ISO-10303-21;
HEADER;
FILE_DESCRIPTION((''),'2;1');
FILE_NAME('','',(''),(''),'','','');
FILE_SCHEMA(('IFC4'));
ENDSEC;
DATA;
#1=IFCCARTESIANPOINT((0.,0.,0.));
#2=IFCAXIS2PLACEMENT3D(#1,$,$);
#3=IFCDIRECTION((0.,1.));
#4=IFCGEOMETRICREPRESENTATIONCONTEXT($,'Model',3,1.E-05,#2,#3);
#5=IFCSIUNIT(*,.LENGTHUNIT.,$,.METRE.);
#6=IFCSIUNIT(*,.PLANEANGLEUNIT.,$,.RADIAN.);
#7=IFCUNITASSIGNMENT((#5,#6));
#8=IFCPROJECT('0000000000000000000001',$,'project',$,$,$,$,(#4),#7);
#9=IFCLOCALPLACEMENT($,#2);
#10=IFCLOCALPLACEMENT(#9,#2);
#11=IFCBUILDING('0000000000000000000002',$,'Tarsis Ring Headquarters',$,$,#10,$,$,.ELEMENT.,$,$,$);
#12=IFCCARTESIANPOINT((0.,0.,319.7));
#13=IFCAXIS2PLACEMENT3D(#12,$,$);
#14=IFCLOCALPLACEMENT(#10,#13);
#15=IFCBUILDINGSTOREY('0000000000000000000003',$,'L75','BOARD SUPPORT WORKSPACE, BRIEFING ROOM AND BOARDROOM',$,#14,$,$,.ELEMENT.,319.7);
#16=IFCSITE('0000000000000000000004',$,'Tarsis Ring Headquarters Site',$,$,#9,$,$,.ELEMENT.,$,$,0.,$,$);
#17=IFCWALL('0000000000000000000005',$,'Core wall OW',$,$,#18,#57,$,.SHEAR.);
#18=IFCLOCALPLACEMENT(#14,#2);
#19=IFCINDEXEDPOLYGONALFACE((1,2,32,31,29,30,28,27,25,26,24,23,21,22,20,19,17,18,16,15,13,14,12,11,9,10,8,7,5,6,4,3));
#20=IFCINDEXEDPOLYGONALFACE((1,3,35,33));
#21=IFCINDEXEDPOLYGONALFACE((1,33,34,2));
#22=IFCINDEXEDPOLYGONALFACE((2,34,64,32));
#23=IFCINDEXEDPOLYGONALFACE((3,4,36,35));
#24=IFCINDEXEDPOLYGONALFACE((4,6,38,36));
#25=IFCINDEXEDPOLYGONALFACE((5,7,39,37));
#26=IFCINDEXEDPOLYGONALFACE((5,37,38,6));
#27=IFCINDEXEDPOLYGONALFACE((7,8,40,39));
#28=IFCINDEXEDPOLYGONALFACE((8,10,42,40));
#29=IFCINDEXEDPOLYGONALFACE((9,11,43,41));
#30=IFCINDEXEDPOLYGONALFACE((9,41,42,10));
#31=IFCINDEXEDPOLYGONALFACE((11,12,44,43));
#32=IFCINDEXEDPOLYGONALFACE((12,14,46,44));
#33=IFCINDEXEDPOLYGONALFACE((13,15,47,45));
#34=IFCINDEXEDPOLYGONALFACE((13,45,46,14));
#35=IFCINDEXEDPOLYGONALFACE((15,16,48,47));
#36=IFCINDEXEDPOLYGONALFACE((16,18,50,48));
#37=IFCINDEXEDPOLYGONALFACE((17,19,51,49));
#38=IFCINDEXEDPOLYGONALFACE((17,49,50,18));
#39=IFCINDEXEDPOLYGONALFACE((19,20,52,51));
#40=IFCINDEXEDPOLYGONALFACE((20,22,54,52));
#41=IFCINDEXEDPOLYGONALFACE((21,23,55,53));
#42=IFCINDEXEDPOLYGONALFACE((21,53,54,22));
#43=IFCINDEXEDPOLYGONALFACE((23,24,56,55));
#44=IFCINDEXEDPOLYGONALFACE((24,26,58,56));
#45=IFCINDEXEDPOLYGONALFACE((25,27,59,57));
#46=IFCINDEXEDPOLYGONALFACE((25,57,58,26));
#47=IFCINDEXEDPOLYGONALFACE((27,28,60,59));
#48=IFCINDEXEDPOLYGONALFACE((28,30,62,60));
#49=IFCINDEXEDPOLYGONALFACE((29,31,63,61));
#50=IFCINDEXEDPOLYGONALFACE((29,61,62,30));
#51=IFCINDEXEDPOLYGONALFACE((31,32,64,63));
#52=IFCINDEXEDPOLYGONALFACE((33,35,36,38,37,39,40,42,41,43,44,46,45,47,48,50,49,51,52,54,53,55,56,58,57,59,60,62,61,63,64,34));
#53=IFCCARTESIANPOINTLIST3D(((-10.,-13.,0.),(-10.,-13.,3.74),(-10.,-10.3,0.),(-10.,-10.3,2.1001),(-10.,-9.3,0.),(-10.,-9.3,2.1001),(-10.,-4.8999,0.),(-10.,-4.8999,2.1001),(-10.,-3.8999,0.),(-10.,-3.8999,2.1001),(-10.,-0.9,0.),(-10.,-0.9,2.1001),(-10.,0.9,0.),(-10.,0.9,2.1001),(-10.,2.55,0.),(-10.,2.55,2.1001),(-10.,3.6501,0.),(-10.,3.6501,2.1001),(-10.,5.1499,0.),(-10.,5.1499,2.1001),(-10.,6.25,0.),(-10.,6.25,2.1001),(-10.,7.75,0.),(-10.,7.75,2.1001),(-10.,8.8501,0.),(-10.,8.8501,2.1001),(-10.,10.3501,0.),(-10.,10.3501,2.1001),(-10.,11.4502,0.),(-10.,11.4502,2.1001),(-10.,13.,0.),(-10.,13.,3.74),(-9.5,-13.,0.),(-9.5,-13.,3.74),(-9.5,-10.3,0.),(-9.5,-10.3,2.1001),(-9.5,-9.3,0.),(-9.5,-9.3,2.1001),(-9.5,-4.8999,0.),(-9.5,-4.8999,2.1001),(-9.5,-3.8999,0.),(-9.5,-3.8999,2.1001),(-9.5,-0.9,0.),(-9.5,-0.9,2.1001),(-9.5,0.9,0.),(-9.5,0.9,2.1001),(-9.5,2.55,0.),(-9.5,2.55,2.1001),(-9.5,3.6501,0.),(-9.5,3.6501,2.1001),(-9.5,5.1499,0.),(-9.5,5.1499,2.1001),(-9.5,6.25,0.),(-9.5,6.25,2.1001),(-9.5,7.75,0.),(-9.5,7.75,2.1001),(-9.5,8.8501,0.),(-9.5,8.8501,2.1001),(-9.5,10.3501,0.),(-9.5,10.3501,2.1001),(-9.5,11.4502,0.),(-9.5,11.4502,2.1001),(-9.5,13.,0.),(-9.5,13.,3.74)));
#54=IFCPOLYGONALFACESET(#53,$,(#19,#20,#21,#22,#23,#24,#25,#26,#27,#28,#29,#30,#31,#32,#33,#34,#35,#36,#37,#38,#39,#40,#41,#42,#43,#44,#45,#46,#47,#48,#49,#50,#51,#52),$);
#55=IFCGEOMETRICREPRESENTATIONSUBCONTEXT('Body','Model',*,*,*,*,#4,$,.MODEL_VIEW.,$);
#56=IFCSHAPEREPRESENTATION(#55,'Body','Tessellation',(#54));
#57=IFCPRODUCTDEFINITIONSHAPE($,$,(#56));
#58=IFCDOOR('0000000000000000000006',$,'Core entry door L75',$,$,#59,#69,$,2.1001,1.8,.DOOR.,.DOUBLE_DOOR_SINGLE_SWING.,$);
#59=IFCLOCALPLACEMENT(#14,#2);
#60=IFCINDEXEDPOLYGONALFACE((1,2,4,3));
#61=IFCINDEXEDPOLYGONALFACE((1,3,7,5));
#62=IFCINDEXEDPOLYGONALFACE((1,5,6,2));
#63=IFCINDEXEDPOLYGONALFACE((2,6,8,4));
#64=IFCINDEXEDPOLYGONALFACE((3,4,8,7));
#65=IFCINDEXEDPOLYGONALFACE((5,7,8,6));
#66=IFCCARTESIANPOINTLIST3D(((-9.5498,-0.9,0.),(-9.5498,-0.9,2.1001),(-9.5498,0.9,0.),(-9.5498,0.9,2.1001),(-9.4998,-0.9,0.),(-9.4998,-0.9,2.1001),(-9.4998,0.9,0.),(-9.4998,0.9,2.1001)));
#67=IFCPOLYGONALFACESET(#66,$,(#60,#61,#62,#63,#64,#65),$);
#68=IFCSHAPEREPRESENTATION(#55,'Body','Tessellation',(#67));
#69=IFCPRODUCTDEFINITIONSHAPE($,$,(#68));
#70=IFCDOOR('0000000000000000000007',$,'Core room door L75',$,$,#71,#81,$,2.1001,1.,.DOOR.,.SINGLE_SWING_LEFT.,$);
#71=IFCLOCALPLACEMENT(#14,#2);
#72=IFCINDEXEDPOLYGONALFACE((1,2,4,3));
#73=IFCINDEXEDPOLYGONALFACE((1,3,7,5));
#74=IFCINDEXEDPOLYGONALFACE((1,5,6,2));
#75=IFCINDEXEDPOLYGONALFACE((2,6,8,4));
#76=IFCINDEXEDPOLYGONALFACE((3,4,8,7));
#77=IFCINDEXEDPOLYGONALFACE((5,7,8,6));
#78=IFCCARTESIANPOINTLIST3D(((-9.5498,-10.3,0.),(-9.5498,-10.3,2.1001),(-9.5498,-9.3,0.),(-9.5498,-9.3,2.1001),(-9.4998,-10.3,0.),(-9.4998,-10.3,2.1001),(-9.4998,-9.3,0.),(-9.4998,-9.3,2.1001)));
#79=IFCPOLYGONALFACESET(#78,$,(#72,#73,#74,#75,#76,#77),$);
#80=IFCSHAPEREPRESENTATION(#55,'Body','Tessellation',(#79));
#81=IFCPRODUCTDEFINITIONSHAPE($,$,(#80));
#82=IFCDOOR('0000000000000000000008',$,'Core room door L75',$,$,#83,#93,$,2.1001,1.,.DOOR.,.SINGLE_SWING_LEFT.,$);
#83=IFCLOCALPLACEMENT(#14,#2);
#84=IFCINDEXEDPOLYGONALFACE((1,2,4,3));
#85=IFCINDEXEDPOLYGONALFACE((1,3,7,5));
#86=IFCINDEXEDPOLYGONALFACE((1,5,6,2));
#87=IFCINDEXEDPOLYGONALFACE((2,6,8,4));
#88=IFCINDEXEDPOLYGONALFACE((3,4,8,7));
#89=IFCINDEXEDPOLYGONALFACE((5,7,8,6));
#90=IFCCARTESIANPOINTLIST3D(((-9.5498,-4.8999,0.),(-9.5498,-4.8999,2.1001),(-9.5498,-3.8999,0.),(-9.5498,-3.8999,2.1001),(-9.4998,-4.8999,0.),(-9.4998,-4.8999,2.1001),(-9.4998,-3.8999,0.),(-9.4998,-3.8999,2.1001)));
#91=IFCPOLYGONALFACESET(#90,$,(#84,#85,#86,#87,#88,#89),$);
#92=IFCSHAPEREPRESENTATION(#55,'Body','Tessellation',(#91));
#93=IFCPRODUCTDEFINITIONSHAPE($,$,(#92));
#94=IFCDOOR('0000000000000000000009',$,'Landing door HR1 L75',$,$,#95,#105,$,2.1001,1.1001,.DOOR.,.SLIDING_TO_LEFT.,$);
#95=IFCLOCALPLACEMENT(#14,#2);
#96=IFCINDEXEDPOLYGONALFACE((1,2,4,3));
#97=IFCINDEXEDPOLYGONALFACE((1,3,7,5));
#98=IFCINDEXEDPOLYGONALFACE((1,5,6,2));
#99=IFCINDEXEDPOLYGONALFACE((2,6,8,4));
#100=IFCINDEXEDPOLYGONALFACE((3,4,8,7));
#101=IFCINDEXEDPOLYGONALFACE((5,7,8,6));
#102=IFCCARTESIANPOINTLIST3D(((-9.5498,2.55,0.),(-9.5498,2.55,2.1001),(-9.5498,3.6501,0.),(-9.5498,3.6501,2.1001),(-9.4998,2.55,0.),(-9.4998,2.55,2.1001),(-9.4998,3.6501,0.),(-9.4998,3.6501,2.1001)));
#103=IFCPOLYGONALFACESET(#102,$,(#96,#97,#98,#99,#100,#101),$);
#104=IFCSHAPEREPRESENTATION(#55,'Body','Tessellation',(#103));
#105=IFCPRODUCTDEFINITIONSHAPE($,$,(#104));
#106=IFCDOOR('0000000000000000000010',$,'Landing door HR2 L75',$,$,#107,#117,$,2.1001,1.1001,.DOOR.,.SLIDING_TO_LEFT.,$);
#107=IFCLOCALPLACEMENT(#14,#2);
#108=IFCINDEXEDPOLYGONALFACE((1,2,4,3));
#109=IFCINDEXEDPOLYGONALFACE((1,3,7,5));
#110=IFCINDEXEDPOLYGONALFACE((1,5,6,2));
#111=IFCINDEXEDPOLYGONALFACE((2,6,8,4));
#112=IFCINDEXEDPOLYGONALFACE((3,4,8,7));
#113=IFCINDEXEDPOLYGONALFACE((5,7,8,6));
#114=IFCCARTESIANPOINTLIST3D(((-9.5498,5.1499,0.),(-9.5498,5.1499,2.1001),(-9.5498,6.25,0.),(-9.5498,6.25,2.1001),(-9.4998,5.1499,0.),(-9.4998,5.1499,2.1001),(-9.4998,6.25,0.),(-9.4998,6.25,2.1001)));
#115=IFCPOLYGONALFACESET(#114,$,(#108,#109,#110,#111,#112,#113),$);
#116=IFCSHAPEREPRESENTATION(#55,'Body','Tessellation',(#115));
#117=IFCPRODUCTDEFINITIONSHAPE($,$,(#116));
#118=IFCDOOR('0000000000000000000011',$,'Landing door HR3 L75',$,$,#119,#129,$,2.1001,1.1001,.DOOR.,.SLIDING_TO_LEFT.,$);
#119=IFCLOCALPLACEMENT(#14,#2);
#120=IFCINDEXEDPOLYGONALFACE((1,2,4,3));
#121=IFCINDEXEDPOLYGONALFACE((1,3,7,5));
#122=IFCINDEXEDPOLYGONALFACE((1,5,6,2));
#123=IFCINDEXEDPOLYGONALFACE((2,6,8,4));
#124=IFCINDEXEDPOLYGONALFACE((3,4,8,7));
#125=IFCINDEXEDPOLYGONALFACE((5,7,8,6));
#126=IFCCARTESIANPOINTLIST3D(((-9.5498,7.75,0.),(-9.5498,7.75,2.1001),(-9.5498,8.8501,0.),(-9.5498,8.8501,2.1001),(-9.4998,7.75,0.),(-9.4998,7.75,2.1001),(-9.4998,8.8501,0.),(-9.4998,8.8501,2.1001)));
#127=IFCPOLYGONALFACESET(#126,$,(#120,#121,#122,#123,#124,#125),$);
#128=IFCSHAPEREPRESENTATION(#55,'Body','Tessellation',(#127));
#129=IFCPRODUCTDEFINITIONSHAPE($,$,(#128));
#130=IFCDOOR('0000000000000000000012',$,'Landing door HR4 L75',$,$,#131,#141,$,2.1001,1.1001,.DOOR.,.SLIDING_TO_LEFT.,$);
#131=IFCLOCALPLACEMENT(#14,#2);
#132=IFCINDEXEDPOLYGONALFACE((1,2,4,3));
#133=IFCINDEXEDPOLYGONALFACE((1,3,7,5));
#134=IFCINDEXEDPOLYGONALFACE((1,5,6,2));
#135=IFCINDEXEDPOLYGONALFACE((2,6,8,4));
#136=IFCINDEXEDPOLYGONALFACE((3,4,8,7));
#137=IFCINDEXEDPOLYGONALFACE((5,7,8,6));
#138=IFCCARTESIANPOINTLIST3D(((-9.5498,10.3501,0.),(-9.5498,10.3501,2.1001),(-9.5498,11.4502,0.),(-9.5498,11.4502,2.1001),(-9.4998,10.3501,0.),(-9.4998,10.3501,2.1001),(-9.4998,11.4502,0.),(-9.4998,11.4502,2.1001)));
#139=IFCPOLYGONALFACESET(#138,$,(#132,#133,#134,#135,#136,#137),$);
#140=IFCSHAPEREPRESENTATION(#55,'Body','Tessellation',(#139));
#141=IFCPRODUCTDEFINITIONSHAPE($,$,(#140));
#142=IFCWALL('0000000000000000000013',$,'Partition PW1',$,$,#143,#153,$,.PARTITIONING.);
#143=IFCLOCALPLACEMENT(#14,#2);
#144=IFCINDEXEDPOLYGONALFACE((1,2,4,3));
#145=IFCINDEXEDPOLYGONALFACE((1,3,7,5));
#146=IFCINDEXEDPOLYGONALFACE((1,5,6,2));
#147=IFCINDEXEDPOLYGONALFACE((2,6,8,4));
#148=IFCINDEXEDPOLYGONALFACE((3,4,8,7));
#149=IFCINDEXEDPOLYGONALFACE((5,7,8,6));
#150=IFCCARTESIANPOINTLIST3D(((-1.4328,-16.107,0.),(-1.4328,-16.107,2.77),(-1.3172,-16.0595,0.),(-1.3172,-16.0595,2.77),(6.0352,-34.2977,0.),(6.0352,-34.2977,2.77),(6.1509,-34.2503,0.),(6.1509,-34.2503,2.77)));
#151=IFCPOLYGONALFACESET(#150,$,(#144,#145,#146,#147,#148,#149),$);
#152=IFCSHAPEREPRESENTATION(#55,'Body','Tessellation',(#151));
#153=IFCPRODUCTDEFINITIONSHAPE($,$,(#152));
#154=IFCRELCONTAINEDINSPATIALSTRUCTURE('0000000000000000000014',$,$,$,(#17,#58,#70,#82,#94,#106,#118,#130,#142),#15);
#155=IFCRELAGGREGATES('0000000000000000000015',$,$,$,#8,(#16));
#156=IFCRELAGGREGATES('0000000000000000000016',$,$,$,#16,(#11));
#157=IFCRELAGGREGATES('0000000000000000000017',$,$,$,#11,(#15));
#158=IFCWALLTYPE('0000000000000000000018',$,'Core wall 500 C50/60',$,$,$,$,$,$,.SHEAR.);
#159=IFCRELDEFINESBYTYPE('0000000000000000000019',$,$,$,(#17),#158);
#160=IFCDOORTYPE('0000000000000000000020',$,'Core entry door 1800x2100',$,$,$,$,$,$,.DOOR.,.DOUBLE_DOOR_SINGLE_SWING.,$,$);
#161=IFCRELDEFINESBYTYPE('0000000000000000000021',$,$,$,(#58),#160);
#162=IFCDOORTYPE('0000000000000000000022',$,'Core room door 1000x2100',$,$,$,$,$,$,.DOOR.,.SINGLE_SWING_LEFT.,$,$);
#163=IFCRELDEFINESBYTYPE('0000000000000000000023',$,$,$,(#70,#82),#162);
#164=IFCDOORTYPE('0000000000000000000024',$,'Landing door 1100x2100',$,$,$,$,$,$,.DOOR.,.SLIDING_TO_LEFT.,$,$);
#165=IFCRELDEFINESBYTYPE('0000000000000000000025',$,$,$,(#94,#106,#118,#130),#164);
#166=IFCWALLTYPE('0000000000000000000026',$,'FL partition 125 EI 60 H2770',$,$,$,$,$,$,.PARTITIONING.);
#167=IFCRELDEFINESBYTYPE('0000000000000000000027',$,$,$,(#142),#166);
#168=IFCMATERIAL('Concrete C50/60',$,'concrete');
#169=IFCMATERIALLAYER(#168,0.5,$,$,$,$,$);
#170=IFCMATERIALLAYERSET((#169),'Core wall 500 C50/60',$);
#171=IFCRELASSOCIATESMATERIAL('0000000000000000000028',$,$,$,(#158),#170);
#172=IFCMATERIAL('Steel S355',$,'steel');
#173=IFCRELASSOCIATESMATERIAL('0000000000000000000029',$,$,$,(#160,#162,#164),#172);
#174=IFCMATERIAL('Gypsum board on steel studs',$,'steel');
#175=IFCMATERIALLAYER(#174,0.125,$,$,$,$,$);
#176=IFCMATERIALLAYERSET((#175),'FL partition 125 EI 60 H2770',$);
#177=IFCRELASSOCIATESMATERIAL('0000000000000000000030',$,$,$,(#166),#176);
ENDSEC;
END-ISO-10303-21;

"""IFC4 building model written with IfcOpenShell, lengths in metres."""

from ifc_helpers import new_model, si_unit, direction, frame, frame_2d, origin, place, context, subcontext, project, spatial, rectangle, extrude, material, layer, layer_set, type_object, element, fill, save


model = new_model("IFC4")

# Units and contexts
model_context = context("Model", 3, precision=1e-05, world=origin(), true_north=direction((0.0, 1.0)))
body_context = subcontext(model_context, "Body", "Model", "MODEL_VIEW")
ifc_project = project(units=[si_unit("LENGTHUNIT", "METRE"), si_unit("PLANEANGLEUNIT", "RADIAN")], contexts=[model_context])

# Site, building, storey
site_placement = place(None, origin())
site = spatial("IfcSite", under=ifc_project, at=site_placement, Name="Tarsis Ring Headquarters Site", CompositionType="ELEMENT", RefElevation=0.0)
building_placement = place(site_placement, origin())
building = spatial("IfcBuilding", under=site, at=building_placement, Name="Tarsis Ring Headquarters", CompositionType="ELEMENT")
storey_placement = place(building_placement, frame((0.0, 0.0, 319.7)))
storey = spatial("IfcBuildingStorey", under=building, at=storey_placement, Name="L75", Description="BOARD SUPPORT WORKSPACE, BRIEFING ROOM AND BOARDROOM", CompositionType="ELEMENT", Elevation=319.7)

# Wall, openings, doors
ifc_material_1 = material(Name="Concrete C50/60", Category="concrete")
ifc_layer_1 = layer(ifc_material_1, 0.5)
ifc_layer_set_1 = layer_set([ifc_layer_1], Name="Core wall 500 C50/60")
wall_type_1 = type_object("IfcWallType", Name="Core wall 500 C50/60", PredefinedType="SHEAR", material=ifc_layer_set_1)
wall_1_placement = place(storey_placement, frame((-9.75, -13.0, 0.0), z_axis=(0.0, 0.0, 1.0), x_axis=(0.0, 1.0, 0.0)))
wall_1 = element("IfcWall", 1, at=wall_1_placement, inside=storey, type_object=wall_type_1, Name="Core wall OW", PredefinedType="SHEAR", context=body_context, shape_type="SweptSolid", body=[
    extrude(rectangle(XDim=26.0, YDim=0.5, at=frame_2d((13.0, 0.0))), origin(), (0.0, 0.0, 1.0), 3.74),
])
opening_1_placement = place(wall_1_placement, frame((2.7, 0.0, 0.0)))
opening_1 = element("IfcOpeningElement", 2, at=opening_1_placement, cuts=wall_1, PredefinedType="OPENING", context=body_context, shape_type="SweptSolid", body=[
    extrude(rectangle(XDim=1.0, YDim=2.1001, at=frame_2d((0.5, 1.05))), frame((0.0, 0.26, 0.0), z_axis=(0.0, -1.0, 0.0), x_axis=(1.0, 0.0, 0.0)), (0.0, 0.0, 1.0), 0.52),
])
opening_2_placement = place(wall_1_placement, frame((8.1001, 0.0, 0.0)))
opening_2 = element("IfcOpeningElement", 3, at=opening_2_placement, cuts=wall_1, PredefinedType="OPENING", context=body_context, shape_type="SweptSolid", body=[
    extrude(rectangle(XDim=1.0, YDim=2.1001, at=frame_2d((0.5, 1.05))), frame((0.0, 0.26, 0.0), z_axis=(0.0, -1.0, 0.0), x_axis=(1.0, 0.0, 0.0)), (0.0, 0.0, 1.0), 0.52),
])
opening_3_placement = place(wall_1_placement, frame((12.1001, 0.0, 0.0)))
opening_3 = element("IfcOpeningElement", 4, at=opening_3_placement, cuts=wall_1, PredefinedType="OPENING", context=body_context, shape_type="SweptSolid", body=[
    extrude(rectangle(XDim=1.8, YDim=2.1001, at=frame_2d((0.8999, 1.05))), frame((0.0, 0.26, 0.0), z_axis=(0.0, -1.0, 0.0), x_axis=(1.0, 0.0, 0.0)), (0.0, 0.0, 1.0), 0.52),
])
opening_4_placement = place(wall_1_placement, frame((15.55, 0.0, 0.0)))
opening_4 = element("IfcOpeningElement", 5, at=opening_4_placement, cuts=wall_1, PredefinedType="OPENING", context=body_context, shape_type="SweptSolid", body=[
    extrude(rectangle(XDim=1.1001, YDim=2.1001, at=frame_2d((0.55, 1.05))), frame((0.0, 0.26, 0.0), z_axis=(0.0, -1.0, 0.0), x_axis=(1.0, 0.0, 0.0)), (0.0, 0.0, 1.0), 0.52),
])
opening_5_placement = place(wall_1_placement, frame((18.1499, 0.0, 0.0)))
opening_5 = element("IfcOpeningElement", 6, at=opening_5_placement, cuts=wall_1, PredefinedType="OPENING", context=body_context, shape_type="SweptSolid", body=[
    extrude(rectangle(XDim=1.1001, YDim=2.1001, at=frame_2d((0.55, 1.05))), frame((0.0, 0.26, 0.0), z_axis=(0.0, -1.0, 0.0), x_axis=(1.0, 0.0, 0.0)), (0.0, 0.0, 1.0), 0.52),
])
opening_6_placement = place(wall_1_placement, frame((20.75, 0.0, 0.0)))
opening_6 = element("IfcOpeningElement", 7, at=opening_6_placement, cuts=wall_1, PredefinedType="OPENING", context=body_context, shape_type="SweptSolid", body=[
    extrude(rectangle(XDim=1.1001, YDim=2.1001, at=frame_2d((0.55, 1.05))), frame((0.0, 0.26, 0.0), z_axis=(0.0, -1.0, 0.0), x_axis=(1.0, 0.0, 0.0)), (0.0, 0.0, 1.0), 0.52),
])
opening_7_placement = place(wall_1_placement, frame((23.3501, 0.0, 0.0)))
opening_7 = element("IfcOpeningElement", 8, at=opening_7_placement, cuts=wall_1, PredefinedType="OPENING", context=body_context, shape_type="SweptSolid", body=[
    extrude(rectangle(XDim=1.1001, YDim=2.1001, at=frame_2d((0.55, 1.05))), frame((0.0, 0.26, 0.0), z_axis=(0.0, -1.0, 0.0), x_axis=(1.0, 0.0, 0.0)), (0.0, 0.0, 1.0), 0.52),
])
ifc_material_2 = material(Name="Steel S355", Category="steel")
door_type_1 = type_object("IfcDoorType", Name="Core entry door 1800x2100", OperationType="DOUBLE_DOOR_SINGLE_SWING", PredefinedType="DOOR", material=ifc_material_2)
door_1_placement = place(opening_3_placement, origin())
door_1 = element("IfcDoor", 9, at=door_1_placement, inside=storey, type_object=door_type_1, Name="Core entry door L75", OperationType="DOUBLE_DOOR_SINGLE_SWING", OverallHeight=2.1001, OverallWidth=1.8, PredefinedType="DOOR", context=body_context, shape_type="SweptSolid", body=[
    extrude(rectangle(XDim=1.8, YDim=2.1001, at=frame_2d((0.8999, 1.05))), frame((0.0, -0.2002, 0.0), z_axis=(0.0, -1.0, 0.0), x_axis=(1.0, 0.0, 0.0)), (0.0, 0.0, 1.0), 0.05),
])
fill(opening_3, door_1)
door_type_2 = type_object("IfcDoorType", Name="Core room door 1000x2100", OperationType="SINGLE_SWING_LEFT", PredefinedType="DOOR", material=ifc_material_2)
door_2_placement = place(opening_1_placement, origin())
door_2 = element("IfcDoor", 10, at=door_2_placement, inside=storey, type_object=door_type_2, Name="Core room door L75", OperationType="SINGLE_SWING_LEFT", OverallHeight=2.1001, OverallWidth=1.0, PredefinedType="DOOR", context=body_context, shape_type="SweptSolid", body=[
    extrude(rectangle(XDim=1.0, YDim=2.1001, at=frame_2d((0.5, 1.05))), frame((0.0, -0.2002, 0.0), z_axis=(0.0, -1.0, 0.0), x_axis=(1.0, 0.0, 0.0)), (0.0, 0.0, 1.0), 0.05),
])
fill(opening_1, door_2)
door_3_placement = place(opening_2_placement, origin())
door_3 = element("IfcDoor", 11, at=door_3_placement, inside=storey, type_object=door_type_2, Name="Core room door L75", OperationType="SINGLE_SWING_LEFT", OverallHeight=2.1001, OverallWidth=1.0, PredefinedType="DOOR", context=body_context, shape_type="SweptSolid", body=[
    extrude(rectangle(XDim=1.0, YDim=2.1001, at=frame_2d((0.5, 1.05))), frame((0.0, -0.2002, 0.0), z_axis=(0.0, -1.0, 0.0), x_axis=(1.0, 0.0, 0.0)), (0.0, 0.0, 1.0), 0.05),
])
fill(opening_2, door_3)
door_type_3 = type_object("IfcDoorType", Name="Landing door 1100x2100", OperationType="SLIDING_TO_LEFT", PredefinedType="DOOR", material=ifc_material_2)
door_4_placement = place(opening_4_placement, origin())
door_4 = element("IfcDoor", 12, at=door_4_placement, inside=storey, type_object=door_type_3, Name="Landing door HR1 L75", OperationType="SLIDING_TO_LEFT", OverallHeight=2.1001, OverallWidth=1.1001, PredefinedType="DOOR", context=body_context, shape_type="SweptSolid", body=[
    extrude(rectangle(XDim=1.1001, YDim=2.1001, at=frame_2d((0.55, 1.05))), frame((0.0, -0.2002, 0.0), z_axis=(0.0, -1.0, 0.0), x_axis=(1.0, 0.0, 0.0)), (0.0, 0.0, 1.0), 0.05),
])
fill(opening_4, door_4)
door_5_placement = place(opening_5_placement, origin())
door_5 = element("IfcDoor", 13, at=door_5_placement, inside=storey, type_object=door_type_3, Name="Landing door HR2 L75", OperationType="SLIDING_TO_LEFT", OverallHeight=2.1001, OverallWidth=1.1001, PredefinedType="DOOR", context=body_context, shape_type="SweptSolid", body=[
    extrude(rectangle(XDim=1.1001, YDim=2.1001, at=frame_2d((0.55, 1.05))), frame((0.0, -0.2002, 0.0), z_axis=(0.0, -1.0, 0.0), x_axis=(1.0, 0.0, 0.0)), (0.0, 0.0, 1.0), 0.05),
])
fill(opening_5, door_5)
door_6_placement = place(opening_6_placement, origin())
door_6 = element("IfcDoor", 14, at=door_6_placement, inside=storey, type_object=door_type_3, Name="Landing door HR3 L75", OperationType="SLIDING_TO_LEFT", OverallHeight=2.1001, OverallWidth=1.1001, PredefinedType="DOOR", context=body_context, shape_type="SweptSolid", body=[
    extrude(rectangle(XDim=1.1001, YDim=2.1001, at=frame_2d((0.55, 1.05))), frame((0.0, -0.2002, 0.0), z_axis=(0.0, -1.0, 0.0), x_axis=(1.0, 0.0, 0.0)), (0.0, 0.0, 1.0), 0.05),
])
fill(opening_6, door_6)
door_7_placement = place(opening_7_placement, origin())
door_7 = element("IfcDoor", 15, at=door_7_placement, inside=storey, type_object=door_type_3, Name="Landing door HR4 L75", OperationType="SLIDING_TO_LEFT", OverallHeight=2.1001, OverallWidth=1.1001, PredefinedType="DOOR", context=body_context, shape_type="SweptSolid", body=[
    extrude(rectangle(XDim=1.1001, YDim=2.1001, at=frame_2d((0.55, 1.05))), frame((0.0, -0.2002, 0.0), z_axis=(0.0, -1.0, 0.0), x_axis=(1.0, 0.0, 0.0)), (0.0, 0.0, 1.0), 0.05),
])
fill(opening_7, door_7)

# Wall
ifc_material_3 = material(Name="Gypsum board on steel studs", Category="steel")
ifc_layer_2 = layer(ifc_material_3, 0.125)
ifc_layer_set_2 = layer_set([ifc_layer_2], Name="FL partition 125 EI 60 H2770")
wall_type_2 = type_object("IfcWallType", Name="FL partition 125 EI 60 H2770", PredefinedType="PARTITIONING", material=ifc_layer_set_2)
wall_2_placement = place(storey_placement, frame((-1.375, -16.0833, 0.0), z_axis=(0.0, 0.0, 1.0), x_axis=(0.379782, -0.925076, 0.0)))
element("IfcWall", 16, at=wall_2_placement, inside=storey, type_object=wall_type_2, Name="Partition PW1", PredefinedType="PARTITIONING", context=body_context, shape_type="SweptSolid", body=[
    extrude(rectangle(XDim=19.6641, YDim=0.125, at=frame_2d((9.832, 0.0))), origin(), (0.0, 0.0, 1.0), 2.77),
])

save(model, "model.ifc")
